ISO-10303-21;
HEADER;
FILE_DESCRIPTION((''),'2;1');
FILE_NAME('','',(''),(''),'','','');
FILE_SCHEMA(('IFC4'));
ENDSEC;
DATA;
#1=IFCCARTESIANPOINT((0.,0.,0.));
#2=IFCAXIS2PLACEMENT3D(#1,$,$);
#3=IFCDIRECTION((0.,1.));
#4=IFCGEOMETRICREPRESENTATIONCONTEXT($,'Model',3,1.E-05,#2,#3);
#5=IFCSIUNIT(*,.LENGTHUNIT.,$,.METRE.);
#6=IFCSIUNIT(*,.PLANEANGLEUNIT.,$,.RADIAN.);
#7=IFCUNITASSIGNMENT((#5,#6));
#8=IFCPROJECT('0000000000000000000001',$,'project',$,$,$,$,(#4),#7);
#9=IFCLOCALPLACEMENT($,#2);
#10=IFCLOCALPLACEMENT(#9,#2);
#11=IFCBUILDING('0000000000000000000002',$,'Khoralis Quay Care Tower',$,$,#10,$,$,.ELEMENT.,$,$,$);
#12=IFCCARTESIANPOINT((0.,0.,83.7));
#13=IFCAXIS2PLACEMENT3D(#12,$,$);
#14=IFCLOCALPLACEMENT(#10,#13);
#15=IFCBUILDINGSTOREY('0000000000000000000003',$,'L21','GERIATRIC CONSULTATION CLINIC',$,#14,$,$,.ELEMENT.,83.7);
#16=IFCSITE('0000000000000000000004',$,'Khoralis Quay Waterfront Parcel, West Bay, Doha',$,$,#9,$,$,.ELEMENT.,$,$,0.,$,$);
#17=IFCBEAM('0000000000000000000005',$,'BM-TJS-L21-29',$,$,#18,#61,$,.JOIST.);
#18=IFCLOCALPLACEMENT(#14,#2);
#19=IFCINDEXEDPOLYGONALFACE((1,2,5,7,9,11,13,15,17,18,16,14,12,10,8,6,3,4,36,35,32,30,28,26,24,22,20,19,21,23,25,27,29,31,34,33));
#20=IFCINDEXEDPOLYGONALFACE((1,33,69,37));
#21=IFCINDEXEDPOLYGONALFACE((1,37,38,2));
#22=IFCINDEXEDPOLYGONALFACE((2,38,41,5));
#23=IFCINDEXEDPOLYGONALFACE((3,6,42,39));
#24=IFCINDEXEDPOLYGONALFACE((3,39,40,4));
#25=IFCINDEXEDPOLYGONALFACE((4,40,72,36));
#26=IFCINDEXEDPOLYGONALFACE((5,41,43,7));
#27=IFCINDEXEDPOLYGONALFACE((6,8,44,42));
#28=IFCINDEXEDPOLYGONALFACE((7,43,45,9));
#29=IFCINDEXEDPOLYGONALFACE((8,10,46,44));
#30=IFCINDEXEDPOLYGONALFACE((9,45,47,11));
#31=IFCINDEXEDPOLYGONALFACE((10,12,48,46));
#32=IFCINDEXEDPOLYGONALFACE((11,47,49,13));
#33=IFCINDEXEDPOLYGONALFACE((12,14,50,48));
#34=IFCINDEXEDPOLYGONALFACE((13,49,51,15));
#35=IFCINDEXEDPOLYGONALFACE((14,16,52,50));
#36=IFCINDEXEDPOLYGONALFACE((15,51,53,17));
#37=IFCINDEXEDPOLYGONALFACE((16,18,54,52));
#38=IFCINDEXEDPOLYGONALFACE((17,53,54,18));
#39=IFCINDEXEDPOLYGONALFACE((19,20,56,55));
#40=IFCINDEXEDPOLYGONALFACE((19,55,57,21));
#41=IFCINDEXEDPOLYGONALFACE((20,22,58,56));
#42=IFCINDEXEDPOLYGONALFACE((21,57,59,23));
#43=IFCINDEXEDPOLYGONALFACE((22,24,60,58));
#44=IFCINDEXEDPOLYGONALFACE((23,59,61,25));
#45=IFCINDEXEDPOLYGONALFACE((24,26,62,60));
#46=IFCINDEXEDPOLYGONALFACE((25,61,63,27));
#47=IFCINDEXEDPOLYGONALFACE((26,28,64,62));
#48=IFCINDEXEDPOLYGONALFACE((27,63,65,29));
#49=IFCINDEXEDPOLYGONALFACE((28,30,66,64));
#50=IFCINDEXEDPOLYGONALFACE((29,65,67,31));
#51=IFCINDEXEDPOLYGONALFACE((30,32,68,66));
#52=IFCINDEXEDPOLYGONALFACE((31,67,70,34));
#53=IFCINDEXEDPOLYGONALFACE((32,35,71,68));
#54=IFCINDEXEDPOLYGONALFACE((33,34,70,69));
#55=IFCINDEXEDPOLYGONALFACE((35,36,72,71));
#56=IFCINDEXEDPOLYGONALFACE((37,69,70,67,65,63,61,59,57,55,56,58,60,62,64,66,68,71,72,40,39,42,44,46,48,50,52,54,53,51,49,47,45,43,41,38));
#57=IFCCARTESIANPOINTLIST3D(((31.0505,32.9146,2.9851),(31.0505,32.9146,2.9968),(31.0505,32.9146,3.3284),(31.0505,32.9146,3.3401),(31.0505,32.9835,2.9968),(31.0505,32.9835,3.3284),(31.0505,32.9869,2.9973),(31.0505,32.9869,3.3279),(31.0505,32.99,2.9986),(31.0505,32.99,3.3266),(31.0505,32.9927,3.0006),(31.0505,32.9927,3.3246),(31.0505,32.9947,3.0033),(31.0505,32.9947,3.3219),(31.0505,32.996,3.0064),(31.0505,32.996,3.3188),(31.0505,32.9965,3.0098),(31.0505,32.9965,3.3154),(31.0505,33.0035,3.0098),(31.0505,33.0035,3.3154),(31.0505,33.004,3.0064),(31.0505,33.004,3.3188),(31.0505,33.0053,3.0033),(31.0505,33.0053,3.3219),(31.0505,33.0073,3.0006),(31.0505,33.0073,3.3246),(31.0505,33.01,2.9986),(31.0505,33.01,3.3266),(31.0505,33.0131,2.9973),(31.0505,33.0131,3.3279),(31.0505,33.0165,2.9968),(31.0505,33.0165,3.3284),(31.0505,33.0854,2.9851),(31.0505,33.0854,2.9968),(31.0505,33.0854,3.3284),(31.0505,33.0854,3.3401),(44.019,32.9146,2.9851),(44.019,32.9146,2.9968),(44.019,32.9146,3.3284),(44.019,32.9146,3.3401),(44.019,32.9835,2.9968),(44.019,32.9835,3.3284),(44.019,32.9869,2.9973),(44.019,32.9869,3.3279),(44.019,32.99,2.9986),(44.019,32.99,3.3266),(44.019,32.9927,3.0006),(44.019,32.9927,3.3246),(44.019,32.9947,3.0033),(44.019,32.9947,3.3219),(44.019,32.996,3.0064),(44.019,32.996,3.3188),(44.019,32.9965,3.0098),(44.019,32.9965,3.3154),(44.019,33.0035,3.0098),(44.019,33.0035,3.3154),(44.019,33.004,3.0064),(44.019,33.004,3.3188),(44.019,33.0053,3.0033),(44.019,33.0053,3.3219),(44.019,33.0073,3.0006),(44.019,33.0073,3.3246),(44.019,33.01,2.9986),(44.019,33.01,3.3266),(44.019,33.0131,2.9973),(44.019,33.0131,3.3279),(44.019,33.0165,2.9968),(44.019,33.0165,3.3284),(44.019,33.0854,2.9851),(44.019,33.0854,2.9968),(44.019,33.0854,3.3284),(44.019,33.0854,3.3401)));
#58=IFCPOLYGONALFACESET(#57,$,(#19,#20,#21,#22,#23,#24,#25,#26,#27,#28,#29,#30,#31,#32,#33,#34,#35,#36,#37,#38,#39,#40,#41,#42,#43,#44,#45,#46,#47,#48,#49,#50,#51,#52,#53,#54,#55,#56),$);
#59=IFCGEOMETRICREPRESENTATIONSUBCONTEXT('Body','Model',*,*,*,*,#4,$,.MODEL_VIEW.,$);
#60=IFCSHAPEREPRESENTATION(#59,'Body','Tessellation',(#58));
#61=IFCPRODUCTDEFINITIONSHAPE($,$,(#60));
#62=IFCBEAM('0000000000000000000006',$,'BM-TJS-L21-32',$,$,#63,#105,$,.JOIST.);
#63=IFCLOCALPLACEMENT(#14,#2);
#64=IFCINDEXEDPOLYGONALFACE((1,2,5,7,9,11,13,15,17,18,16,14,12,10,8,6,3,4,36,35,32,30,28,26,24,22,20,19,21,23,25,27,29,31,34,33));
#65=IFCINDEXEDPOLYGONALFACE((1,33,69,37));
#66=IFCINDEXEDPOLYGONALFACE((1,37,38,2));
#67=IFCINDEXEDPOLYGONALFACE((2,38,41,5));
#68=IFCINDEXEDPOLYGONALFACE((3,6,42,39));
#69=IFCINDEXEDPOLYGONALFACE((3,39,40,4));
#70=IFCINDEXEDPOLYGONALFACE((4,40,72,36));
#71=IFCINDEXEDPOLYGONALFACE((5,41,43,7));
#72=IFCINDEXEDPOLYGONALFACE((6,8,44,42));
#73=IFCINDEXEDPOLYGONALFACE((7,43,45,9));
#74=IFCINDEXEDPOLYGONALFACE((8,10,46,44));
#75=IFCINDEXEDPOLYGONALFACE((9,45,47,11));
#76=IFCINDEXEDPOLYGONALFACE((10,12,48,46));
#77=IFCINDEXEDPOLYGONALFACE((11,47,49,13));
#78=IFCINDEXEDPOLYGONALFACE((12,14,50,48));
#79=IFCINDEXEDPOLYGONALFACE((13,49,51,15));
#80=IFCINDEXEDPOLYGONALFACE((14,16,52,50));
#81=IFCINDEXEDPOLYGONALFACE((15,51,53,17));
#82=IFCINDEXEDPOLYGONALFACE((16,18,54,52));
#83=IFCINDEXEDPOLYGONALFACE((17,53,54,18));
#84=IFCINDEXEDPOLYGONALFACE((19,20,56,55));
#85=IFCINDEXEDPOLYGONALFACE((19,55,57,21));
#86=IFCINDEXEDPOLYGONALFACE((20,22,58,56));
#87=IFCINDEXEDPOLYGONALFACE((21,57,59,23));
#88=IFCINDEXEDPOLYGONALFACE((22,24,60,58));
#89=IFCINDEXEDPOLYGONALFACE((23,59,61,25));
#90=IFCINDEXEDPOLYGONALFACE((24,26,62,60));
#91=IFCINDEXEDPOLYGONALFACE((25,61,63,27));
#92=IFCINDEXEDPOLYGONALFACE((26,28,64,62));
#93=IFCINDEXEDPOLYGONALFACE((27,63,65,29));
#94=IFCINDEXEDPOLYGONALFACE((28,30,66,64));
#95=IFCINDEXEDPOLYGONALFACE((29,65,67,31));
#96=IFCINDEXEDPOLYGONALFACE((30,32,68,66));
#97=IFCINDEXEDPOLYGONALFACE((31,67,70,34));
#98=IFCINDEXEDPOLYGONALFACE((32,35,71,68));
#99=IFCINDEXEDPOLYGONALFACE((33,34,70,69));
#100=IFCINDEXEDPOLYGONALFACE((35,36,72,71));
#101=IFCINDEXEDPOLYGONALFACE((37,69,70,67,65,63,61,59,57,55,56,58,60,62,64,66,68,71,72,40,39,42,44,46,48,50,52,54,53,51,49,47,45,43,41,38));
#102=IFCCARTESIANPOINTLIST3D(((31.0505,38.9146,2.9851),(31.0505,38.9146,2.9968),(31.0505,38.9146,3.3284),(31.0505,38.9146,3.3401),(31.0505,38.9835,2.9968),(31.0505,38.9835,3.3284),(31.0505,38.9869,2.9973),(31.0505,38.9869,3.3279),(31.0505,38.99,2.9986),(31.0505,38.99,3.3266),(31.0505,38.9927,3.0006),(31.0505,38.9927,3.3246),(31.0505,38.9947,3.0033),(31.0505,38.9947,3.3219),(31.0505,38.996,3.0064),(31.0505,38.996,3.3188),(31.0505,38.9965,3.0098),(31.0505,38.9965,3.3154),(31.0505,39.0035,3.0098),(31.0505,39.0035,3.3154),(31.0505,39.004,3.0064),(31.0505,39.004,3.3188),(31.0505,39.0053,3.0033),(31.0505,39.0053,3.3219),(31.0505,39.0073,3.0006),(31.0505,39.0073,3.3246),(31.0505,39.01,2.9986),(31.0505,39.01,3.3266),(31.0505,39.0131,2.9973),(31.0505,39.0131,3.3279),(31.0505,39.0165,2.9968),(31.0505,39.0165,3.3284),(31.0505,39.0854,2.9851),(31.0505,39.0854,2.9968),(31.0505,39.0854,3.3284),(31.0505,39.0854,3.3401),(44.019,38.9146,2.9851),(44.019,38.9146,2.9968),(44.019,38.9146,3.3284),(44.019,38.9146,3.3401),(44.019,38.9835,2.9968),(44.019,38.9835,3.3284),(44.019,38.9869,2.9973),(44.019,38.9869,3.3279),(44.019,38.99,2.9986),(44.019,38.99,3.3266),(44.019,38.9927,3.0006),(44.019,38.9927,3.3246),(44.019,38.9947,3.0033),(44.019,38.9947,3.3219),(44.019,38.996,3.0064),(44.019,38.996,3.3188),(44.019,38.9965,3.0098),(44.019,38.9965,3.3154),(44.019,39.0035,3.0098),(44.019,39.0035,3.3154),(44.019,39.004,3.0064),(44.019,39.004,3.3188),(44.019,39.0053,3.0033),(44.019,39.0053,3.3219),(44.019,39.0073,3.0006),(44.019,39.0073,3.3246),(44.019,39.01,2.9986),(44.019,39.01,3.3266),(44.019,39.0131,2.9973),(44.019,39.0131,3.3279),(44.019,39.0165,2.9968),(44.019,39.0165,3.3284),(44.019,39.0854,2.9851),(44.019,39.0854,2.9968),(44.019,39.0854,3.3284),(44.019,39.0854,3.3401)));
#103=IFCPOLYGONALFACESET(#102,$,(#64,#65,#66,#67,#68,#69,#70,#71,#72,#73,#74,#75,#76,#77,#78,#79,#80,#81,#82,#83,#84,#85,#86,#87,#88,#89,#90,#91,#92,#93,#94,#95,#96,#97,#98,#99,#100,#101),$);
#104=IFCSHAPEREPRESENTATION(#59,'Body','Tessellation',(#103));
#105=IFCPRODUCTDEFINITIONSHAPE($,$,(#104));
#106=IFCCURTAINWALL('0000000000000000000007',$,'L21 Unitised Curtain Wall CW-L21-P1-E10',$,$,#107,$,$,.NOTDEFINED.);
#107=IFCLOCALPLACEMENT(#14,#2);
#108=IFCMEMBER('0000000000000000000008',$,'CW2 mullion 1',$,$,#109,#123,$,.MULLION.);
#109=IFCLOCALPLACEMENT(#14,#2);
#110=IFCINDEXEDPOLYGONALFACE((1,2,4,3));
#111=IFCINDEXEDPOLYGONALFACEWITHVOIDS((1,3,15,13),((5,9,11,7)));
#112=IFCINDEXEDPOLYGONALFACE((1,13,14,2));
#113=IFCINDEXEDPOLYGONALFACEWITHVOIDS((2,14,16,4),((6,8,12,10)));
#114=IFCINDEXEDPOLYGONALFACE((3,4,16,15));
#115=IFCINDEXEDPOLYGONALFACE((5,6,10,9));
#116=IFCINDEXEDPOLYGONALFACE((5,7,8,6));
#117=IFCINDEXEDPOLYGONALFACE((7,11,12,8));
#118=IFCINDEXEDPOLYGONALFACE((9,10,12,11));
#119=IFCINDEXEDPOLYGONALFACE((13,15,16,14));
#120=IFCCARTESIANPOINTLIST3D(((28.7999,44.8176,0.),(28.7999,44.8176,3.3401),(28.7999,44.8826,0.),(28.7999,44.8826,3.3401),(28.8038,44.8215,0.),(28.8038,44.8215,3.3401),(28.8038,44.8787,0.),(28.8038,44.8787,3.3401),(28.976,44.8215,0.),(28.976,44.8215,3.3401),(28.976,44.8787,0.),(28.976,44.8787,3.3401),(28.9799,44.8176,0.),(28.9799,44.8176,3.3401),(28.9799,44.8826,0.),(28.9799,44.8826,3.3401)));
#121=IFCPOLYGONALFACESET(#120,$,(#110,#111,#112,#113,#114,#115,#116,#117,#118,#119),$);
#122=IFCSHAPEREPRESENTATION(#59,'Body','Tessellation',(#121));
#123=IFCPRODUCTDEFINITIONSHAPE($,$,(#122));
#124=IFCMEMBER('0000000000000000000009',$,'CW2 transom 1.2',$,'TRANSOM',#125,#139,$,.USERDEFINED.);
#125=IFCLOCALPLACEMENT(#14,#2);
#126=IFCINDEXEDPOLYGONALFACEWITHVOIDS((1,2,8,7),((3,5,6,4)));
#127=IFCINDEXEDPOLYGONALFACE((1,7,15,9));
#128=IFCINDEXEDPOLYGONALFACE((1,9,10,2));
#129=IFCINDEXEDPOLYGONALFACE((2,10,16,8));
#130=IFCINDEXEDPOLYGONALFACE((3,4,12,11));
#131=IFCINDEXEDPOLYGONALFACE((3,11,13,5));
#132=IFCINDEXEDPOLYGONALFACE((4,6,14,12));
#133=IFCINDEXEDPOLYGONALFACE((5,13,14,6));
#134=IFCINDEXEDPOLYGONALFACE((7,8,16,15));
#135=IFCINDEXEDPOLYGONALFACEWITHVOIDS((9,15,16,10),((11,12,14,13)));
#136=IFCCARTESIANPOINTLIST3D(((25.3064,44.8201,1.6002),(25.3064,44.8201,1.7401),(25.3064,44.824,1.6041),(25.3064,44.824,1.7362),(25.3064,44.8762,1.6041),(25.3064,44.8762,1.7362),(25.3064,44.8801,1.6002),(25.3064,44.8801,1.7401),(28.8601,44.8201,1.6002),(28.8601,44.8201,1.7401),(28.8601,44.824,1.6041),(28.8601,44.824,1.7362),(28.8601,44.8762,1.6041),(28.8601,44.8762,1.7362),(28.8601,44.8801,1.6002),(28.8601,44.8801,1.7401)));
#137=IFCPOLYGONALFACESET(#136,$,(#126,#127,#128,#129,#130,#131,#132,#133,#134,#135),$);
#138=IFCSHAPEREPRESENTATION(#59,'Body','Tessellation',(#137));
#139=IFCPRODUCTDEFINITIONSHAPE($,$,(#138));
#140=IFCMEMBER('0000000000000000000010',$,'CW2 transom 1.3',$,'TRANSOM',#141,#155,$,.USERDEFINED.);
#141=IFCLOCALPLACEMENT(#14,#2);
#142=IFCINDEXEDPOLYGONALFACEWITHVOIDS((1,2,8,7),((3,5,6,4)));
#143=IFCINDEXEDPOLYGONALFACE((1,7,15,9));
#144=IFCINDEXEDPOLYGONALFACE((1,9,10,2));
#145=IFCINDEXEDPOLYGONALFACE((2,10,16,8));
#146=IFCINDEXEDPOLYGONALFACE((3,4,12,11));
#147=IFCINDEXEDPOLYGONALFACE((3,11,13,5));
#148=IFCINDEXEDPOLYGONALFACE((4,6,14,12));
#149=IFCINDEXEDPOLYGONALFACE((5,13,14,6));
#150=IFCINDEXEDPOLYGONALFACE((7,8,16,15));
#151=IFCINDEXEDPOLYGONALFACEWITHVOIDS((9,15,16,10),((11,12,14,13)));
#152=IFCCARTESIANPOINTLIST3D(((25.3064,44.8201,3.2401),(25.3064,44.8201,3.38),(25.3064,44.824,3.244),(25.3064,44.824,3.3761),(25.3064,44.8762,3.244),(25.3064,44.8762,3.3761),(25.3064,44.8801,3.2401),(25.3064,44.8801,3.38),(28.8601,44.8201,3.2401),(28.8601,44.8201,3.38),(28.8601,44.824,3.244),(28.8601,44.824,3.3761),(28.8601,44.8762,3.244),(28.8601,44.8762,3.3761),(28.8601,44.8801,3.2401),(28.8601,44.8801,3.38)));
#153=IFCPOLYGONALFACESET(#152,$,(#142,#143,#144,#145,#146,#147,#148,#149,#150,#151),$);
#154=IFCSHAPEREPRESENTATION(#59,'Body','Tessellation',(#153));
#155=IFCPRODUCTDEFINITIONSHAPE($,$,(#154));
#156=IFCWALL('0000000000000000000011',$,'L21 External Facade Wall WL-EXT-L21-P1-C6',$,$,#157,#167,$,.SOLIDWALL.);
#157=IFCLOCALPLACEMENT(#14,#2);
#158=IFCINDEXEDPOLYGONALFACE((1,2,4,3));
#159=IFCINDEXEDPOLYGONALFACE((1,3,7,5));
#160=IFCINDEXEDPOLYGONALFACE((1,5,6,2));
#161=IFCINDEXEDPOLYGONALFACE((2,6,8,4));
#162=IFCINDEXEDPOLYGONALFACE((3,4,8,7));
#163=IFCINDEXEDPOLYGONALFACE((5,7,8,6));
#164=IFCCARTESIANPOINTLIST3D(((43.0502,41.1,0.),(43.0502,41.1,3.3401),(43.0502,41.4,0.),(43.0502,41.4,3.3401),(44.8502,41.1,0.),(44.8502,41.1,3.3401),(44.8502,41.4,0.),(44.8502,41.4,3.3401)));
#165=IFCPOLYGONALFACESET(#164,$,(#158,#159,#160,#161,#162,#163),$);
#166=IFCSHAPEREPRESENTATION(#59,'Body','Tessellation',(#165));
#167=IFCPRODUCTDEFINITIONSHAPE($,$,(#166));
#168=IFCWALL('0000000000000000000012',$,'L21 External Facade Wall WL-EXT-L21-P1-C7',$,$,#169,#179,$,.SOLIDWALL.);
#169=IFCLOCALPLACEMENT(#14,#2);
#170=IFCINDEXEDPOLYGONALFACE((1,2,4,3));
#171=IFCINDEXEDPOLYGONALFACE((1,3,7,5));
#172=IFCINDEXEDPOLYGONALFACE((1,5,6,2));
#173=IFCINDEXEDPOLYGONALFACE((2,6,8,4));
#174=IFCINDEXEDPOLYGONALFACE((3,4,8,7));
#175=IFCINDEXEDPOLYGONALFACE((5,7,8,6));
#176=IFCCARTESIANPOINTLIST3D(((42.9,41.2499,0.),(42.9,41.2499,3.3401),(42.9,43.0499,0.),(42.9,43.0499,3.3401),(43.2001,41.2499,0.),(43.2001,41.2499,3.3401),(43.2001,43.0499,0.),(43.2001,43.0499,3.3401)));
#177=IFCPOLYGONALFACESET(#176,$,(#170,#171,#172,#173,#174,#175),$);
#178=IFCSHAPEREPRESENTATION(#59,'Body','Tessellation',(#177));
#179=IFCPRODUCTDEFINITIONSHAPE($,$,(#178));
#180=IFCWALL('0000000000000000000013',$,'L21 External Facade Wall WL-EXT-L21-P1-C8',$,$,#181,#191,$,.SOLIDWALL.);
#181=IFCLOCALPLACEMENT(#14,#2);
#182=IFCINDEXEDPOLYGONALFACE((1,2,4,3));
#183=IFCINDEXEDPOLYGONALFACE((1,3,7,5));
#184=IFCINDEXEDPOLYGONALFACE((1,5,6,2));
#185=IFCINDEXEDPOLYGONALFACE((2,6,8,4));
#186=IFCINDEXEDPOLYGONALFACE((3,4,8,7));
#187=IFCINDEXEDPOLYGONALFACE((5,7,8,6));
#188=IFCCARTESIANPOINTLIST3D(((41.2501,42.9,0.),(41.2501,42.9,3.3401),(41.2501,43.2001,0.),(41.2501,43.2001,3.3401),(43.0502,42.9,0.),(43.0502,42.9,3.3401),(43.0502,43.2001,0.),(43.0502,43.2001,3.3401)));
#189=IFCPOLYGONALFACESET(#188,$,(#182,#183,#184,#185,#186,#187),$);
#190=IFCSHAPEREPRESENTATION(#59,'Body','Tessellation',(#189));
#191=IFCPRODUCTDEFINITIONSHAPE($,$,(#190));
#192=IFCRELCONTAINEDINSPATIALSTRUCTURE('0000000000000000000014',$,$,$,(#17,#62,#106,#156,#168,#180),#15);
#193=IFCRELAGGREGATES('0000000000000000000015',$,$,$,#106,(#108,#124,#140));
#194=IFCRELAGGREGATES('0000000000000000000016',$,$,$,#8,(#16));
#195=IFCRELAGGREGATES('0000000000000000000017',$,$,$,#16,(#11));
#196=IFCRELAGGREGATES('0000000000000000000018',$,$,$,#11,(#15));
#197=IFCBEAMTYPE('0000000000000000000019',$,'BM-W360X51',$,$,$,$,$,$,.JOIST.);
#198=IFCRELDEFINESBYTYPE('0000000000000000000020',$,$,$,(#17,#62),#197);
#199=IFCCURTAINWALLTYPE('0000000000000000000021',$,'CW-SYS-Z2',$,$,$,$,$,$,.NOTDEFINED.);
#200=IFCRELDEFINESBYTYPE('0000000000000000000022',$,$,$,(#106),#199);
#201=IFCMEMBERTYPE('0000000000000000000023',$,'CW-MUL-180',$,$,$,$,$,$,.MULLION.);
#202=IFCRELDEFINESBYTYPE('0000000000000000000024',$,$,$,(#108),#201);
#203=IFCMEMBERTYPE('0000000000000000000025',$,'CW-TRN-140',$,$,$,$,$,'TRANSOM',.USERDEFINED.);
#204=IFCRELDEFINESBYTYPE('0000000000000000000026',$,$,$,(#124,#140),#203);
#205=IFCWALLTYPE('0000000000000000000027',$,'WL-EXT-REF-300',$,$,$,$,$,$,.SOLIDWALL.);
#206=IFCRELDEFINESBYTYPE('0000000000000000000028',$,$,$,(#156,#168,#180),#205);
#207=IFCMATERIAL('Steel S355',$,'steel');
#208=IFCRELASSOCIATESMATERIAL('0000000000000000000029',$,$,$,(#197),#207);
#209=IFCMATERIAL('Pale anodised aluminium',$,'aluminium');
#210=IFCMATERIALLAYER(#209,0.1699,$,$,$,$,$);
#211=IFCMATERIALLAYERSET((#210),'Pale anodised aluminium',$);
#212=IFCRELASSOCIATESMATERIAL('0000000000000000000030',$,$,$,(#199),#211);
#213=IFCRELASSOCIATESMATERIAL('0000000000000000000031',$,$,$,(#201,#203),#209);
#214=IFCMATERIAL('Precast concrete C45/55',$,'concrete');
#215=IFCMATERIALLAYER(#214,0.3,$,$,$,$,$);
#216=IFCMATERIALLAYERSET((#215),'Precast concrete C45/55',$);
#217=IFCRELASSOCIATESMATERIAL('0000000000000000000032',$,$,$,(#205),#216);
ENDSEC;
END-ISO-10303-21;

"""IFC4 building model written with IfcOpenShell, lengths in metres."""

from ifc_helpers import new_model, si_unit, direction, frame, frame_2d, origin, origin_2d, place, context, subcontext, project, spatial, rectangle, hollow_rectangle, i_section, extrude, source, transform, mapped, material, layer, layer_set, material_profile, profile_set, type_object, element, aggregate, save


model = new_model("IFC4")

# Units and contexts
model_context = context("Model", 3, precision=1e-05, world=origin(), true_north=direction((0.0, 1.0)))
body_context = subcontext(model_context, "Body", "Model", "MODEL_VIEW")
ifc_project = project(units=[si_unit("LENGTHUNIT", "METRE"), si_unit("PLANEANGLEUNIT", "RADIAN")], contexts=[model_context])

# Site, building, storey
site_placement = place(None, origin())
site = spatial("IfcSite", under=ifc_project, at=site_placement, Name="Khoralis Quay Waterfront Parcel, West Bay, Doha", CompositionType="ELEMENT", RefElevation=0.0)
building_placement = place(site_placement, origin())
building = spatial("IfcBuilding", under=site, at=building_placement, Name="Khoralis Quay Care Tower", CompositionType="ELEMENT")
storey_placement = place(building_placement, frame((0.0, 0.0, 83.7)))
storey = spatial("IfcBuildingStorey", under=building, at=storey_placement, Name="L21", Description="GERIATRIC CONSULTATION CLINIC", CompositionType="ELEMENT", Elevation=83.7)

# Beams
ifc_material_1 = material(Name="Steel S355", Category="steel")
ifc_material_profile_1 = material_profile(ifc_material_1, i_section(OverallWidth=0.1709, OverallDepth=0.355, WebThickness=0.0071, FlangeThickness=0.0117, FilletRadius=0.0129, at=origin_2d()), Name="Steel S355")
ifc_profile_set_1 = profile_set([ifc_material_profile_1], Name="Steel S355")
beam_type_1 = type_object("IfcBeamType", Name="BM-W360X51", PredefinedType="JOIST", material=ifc_profile_set_1)
shared_shape_1 = source(origin(), body_context, "Body", "SweptSolid", [
    extrude(i_section(OverallWidth=0.1709, OverallDepth=0.355, WebThickness=0.0071, FlangeThickness=0.0117, FilletRadius=0.0129, at=origin_2d()), origin(), (0.0, 0.0, 1.0), 12.9685),
])
for number, where, z_axis, x_axis, name in (
    (1, (31.0505, 33.0, 3.1626), (1.0, 0.0, 0.0), (0.0, 1.0, 0.0), "BM-TJS-L21-29"),
    (2, (31.0505, 39.0, 3.1626), (1.0, 0.0, 0.0), (0.0, 1.0, 0.0), "BM-TJS-L21-32"),
):
    element("IfcBeam", number, at=place(storey_placement, frame(where, z_axis=z_axis, x_axis=x_axis)), inside=storey, type_object=beam_type_1, Name=name, PredefinedType="JOIST", context=body_context, shape_type="MappedRepresentation", body=[
        mapped(shared_shape_1, transform((0.0, 0.0, 0.0), scale=1.0)),
    ])

# Curtain wall, members
ifc_material_2 = material(Name="Pale anodised aluminium", Category="aluminium")
ifc_layer_1 = layer(ifc_material_2, 0.1699)
ifc_layer_set_1 = layer_set([ifc_layer_1], Name="Pale anodised aluminium")
curtain_wall_type = type_object("IfcCurtainWallType", Name="CW-SYS-Z2", PredefinedType="NOTDEFINED", material=ifc_layer_set_1)
curtain_wall_placement = place(storey_placement, origin())
curtain_wall = element("IfcCurtainWall", 3, at=curtain_wall_placement, inside=storey, type_object=curtain_wall_type, Name="L21 Unitised Curtain Wall CW-L21-P1-E10", PredefinedType="NOTDEFINED")
ifc_material_profile_2 = material_profile(ifc_material_2, hollow_rectangle(XDim=0.0649, YDim=0.1799, WallThickness=0.0039, at=origin_2d()), Name="Pale anodised aluminium")
ifc_profile_set_2 = profile_set([ifc_material_profile_2], Name="Pale anodised aluminium")
member_type_1 = type_object("IfcMemberType", Name="CW-MUL-180", PredefinedType="MULLION", material=ifc_profile_set_2)
shared_shape_2 = source(origin(), body_context, "Body", "SweptSolid", [
    extrude(hollow_rectangle(XDim=0.0649, YDim=0.1799, WallThickness=0.0039, at=origin_2d()), origin(), (0.0, 0.0, 1.0), 3.3401),
])
member_1_placement = place(storey_placement, frame((28.8899, 44.8501, 0.0), z_axis=(0.0, 0.0, 1.0), x_axis=(0.0, -1.0, 0.0)))
member_1 = element("IfcMember", 4, at=member_1_placement, type_object=member_type_1, Name="CW2 mullion 1", PredefinedType="MULLION", context=body_context, shape_type="MappedRepresentation", body=[
    mapped(shared_shape_2, transform((0.0, 0.0, 0.0), scale=1.0)),
])
ifc_material_profile_3 = material_profile(ifc_material_2, hollow_rectangle(XDim=0.0601, YDim=0.1399, WallThickness=0.0039, at=origin_2d()), Name="Pale anodised aluminium")
ifc_profile_set_3 = profile_set([ifc_material_profile_3], Name="Pale anodised aluminium")
member_type_2 = type_object("IfcMemberType", Name="CW-TRN-140", ElementType="TRANSOM", PredefinedType="USERDEFINED", material=ifc_profile_set_3)
shared_shape_3 = source(origin(), body_context, "Body", "SweptSolid", [
    extrude(hollow_rectangle(XDim=0.0601, YDim=0.1399, WallThickness=0.0039, at=origin_2d()), origin(), (0.0, 0.0, 1.0), 3.5537),
])
member_2_placement = place(storey_placement, frame((28.8601, 44.8501, 1.6702), z_axis=(-1.0, 0.0, 0.0), x_axis=(0.0, -1.0, 0.0)))
member_2 = element("IfcMember", 5, at=member_2_placement, type_object=member_type_2, Name="CW2 transom 1.2", ObjectType="TRANSOM", PredefinedType="USERDEFINED", context=body_context, shape_type="MappedRepresentation", body=[
    mapped(shared_shape_3, transform((0.0, 0.0, 0.0), scale=1.0)),
])
member_3_placement = place(storey_placement, frame((28.8601, 44.8501, 3.3101), z_axis=(-1.0, 0.0, 0.0), x_axis=(0.0, -1.0, 0.0)))
member_3 = element("IfcMember", 6, at=member_3_placement, type_object=member_type_2, Name="CW2 transom 1.3", ObjectType="TRANSOM", PredefinedType="USERDEFINED", context=body_context, shape_type="MappedRepresentation", body=[
    mapped(shared_shape_3, transform((0.0, 0.0, 0.0), scale=1.0)),
])
aggregate(curtain_wall, [member_1, member_2, member_3])

# Walls
ifc_material_3 = material(Name="Precast concrete C45/55", Category="concrete")
ifc_layer_2 = layer(ifc_material_3, 0.3)
ifc_layer_set_2 = layer_set([ifc_layer_2], Name="Precast concrete C45/55")
wall_type_1 = type_object("IfcWallType", Name="WL-EXT-REF-300", PredefinedType="SOLIDWALL", material=ifc_layer_set_2)
for number, where, z_axis, x_axis, name in (
    (7, (44.8501, 41.25, 0.0), (0.0, 0.0, 1.0), (-1.0, 0.0, 0.0), "L21 External Facade Wall WL-EXT-L21-P1-C6"),
    (8, (43.05, 41.25, 0.0), (0.0, 0.0, 1.0), (0.0, 1.0, 0.0), "L21 External Facade Wall WL-EXT-L21-P1-C7"),
    (9, (43.05, 43.05, 0.0), (0.0, 0.0, 1.0), (-1.0, 0.0, 0.0), "L21 External Facade Wall WL-EXT-L21-P1-C8"),
):
    element("IfcWall", number, at=place(storey_placement, frame(where, z_axis=z_axis, x_axis=x_axis)), inside=storey, type_object=wall_type_1, Name=name, PredefinedType="SOLIDWALL", context=body_context, shape_type="SweptSolid", body=[
        extrude(rectangle(XDim=1.8, YDim=0.3, at=frame_2d((0.8999, 0.0))), origin(), (0.0, 0.0, 1.0), 3.3401),
    ])

save(model, "model.ifc")
